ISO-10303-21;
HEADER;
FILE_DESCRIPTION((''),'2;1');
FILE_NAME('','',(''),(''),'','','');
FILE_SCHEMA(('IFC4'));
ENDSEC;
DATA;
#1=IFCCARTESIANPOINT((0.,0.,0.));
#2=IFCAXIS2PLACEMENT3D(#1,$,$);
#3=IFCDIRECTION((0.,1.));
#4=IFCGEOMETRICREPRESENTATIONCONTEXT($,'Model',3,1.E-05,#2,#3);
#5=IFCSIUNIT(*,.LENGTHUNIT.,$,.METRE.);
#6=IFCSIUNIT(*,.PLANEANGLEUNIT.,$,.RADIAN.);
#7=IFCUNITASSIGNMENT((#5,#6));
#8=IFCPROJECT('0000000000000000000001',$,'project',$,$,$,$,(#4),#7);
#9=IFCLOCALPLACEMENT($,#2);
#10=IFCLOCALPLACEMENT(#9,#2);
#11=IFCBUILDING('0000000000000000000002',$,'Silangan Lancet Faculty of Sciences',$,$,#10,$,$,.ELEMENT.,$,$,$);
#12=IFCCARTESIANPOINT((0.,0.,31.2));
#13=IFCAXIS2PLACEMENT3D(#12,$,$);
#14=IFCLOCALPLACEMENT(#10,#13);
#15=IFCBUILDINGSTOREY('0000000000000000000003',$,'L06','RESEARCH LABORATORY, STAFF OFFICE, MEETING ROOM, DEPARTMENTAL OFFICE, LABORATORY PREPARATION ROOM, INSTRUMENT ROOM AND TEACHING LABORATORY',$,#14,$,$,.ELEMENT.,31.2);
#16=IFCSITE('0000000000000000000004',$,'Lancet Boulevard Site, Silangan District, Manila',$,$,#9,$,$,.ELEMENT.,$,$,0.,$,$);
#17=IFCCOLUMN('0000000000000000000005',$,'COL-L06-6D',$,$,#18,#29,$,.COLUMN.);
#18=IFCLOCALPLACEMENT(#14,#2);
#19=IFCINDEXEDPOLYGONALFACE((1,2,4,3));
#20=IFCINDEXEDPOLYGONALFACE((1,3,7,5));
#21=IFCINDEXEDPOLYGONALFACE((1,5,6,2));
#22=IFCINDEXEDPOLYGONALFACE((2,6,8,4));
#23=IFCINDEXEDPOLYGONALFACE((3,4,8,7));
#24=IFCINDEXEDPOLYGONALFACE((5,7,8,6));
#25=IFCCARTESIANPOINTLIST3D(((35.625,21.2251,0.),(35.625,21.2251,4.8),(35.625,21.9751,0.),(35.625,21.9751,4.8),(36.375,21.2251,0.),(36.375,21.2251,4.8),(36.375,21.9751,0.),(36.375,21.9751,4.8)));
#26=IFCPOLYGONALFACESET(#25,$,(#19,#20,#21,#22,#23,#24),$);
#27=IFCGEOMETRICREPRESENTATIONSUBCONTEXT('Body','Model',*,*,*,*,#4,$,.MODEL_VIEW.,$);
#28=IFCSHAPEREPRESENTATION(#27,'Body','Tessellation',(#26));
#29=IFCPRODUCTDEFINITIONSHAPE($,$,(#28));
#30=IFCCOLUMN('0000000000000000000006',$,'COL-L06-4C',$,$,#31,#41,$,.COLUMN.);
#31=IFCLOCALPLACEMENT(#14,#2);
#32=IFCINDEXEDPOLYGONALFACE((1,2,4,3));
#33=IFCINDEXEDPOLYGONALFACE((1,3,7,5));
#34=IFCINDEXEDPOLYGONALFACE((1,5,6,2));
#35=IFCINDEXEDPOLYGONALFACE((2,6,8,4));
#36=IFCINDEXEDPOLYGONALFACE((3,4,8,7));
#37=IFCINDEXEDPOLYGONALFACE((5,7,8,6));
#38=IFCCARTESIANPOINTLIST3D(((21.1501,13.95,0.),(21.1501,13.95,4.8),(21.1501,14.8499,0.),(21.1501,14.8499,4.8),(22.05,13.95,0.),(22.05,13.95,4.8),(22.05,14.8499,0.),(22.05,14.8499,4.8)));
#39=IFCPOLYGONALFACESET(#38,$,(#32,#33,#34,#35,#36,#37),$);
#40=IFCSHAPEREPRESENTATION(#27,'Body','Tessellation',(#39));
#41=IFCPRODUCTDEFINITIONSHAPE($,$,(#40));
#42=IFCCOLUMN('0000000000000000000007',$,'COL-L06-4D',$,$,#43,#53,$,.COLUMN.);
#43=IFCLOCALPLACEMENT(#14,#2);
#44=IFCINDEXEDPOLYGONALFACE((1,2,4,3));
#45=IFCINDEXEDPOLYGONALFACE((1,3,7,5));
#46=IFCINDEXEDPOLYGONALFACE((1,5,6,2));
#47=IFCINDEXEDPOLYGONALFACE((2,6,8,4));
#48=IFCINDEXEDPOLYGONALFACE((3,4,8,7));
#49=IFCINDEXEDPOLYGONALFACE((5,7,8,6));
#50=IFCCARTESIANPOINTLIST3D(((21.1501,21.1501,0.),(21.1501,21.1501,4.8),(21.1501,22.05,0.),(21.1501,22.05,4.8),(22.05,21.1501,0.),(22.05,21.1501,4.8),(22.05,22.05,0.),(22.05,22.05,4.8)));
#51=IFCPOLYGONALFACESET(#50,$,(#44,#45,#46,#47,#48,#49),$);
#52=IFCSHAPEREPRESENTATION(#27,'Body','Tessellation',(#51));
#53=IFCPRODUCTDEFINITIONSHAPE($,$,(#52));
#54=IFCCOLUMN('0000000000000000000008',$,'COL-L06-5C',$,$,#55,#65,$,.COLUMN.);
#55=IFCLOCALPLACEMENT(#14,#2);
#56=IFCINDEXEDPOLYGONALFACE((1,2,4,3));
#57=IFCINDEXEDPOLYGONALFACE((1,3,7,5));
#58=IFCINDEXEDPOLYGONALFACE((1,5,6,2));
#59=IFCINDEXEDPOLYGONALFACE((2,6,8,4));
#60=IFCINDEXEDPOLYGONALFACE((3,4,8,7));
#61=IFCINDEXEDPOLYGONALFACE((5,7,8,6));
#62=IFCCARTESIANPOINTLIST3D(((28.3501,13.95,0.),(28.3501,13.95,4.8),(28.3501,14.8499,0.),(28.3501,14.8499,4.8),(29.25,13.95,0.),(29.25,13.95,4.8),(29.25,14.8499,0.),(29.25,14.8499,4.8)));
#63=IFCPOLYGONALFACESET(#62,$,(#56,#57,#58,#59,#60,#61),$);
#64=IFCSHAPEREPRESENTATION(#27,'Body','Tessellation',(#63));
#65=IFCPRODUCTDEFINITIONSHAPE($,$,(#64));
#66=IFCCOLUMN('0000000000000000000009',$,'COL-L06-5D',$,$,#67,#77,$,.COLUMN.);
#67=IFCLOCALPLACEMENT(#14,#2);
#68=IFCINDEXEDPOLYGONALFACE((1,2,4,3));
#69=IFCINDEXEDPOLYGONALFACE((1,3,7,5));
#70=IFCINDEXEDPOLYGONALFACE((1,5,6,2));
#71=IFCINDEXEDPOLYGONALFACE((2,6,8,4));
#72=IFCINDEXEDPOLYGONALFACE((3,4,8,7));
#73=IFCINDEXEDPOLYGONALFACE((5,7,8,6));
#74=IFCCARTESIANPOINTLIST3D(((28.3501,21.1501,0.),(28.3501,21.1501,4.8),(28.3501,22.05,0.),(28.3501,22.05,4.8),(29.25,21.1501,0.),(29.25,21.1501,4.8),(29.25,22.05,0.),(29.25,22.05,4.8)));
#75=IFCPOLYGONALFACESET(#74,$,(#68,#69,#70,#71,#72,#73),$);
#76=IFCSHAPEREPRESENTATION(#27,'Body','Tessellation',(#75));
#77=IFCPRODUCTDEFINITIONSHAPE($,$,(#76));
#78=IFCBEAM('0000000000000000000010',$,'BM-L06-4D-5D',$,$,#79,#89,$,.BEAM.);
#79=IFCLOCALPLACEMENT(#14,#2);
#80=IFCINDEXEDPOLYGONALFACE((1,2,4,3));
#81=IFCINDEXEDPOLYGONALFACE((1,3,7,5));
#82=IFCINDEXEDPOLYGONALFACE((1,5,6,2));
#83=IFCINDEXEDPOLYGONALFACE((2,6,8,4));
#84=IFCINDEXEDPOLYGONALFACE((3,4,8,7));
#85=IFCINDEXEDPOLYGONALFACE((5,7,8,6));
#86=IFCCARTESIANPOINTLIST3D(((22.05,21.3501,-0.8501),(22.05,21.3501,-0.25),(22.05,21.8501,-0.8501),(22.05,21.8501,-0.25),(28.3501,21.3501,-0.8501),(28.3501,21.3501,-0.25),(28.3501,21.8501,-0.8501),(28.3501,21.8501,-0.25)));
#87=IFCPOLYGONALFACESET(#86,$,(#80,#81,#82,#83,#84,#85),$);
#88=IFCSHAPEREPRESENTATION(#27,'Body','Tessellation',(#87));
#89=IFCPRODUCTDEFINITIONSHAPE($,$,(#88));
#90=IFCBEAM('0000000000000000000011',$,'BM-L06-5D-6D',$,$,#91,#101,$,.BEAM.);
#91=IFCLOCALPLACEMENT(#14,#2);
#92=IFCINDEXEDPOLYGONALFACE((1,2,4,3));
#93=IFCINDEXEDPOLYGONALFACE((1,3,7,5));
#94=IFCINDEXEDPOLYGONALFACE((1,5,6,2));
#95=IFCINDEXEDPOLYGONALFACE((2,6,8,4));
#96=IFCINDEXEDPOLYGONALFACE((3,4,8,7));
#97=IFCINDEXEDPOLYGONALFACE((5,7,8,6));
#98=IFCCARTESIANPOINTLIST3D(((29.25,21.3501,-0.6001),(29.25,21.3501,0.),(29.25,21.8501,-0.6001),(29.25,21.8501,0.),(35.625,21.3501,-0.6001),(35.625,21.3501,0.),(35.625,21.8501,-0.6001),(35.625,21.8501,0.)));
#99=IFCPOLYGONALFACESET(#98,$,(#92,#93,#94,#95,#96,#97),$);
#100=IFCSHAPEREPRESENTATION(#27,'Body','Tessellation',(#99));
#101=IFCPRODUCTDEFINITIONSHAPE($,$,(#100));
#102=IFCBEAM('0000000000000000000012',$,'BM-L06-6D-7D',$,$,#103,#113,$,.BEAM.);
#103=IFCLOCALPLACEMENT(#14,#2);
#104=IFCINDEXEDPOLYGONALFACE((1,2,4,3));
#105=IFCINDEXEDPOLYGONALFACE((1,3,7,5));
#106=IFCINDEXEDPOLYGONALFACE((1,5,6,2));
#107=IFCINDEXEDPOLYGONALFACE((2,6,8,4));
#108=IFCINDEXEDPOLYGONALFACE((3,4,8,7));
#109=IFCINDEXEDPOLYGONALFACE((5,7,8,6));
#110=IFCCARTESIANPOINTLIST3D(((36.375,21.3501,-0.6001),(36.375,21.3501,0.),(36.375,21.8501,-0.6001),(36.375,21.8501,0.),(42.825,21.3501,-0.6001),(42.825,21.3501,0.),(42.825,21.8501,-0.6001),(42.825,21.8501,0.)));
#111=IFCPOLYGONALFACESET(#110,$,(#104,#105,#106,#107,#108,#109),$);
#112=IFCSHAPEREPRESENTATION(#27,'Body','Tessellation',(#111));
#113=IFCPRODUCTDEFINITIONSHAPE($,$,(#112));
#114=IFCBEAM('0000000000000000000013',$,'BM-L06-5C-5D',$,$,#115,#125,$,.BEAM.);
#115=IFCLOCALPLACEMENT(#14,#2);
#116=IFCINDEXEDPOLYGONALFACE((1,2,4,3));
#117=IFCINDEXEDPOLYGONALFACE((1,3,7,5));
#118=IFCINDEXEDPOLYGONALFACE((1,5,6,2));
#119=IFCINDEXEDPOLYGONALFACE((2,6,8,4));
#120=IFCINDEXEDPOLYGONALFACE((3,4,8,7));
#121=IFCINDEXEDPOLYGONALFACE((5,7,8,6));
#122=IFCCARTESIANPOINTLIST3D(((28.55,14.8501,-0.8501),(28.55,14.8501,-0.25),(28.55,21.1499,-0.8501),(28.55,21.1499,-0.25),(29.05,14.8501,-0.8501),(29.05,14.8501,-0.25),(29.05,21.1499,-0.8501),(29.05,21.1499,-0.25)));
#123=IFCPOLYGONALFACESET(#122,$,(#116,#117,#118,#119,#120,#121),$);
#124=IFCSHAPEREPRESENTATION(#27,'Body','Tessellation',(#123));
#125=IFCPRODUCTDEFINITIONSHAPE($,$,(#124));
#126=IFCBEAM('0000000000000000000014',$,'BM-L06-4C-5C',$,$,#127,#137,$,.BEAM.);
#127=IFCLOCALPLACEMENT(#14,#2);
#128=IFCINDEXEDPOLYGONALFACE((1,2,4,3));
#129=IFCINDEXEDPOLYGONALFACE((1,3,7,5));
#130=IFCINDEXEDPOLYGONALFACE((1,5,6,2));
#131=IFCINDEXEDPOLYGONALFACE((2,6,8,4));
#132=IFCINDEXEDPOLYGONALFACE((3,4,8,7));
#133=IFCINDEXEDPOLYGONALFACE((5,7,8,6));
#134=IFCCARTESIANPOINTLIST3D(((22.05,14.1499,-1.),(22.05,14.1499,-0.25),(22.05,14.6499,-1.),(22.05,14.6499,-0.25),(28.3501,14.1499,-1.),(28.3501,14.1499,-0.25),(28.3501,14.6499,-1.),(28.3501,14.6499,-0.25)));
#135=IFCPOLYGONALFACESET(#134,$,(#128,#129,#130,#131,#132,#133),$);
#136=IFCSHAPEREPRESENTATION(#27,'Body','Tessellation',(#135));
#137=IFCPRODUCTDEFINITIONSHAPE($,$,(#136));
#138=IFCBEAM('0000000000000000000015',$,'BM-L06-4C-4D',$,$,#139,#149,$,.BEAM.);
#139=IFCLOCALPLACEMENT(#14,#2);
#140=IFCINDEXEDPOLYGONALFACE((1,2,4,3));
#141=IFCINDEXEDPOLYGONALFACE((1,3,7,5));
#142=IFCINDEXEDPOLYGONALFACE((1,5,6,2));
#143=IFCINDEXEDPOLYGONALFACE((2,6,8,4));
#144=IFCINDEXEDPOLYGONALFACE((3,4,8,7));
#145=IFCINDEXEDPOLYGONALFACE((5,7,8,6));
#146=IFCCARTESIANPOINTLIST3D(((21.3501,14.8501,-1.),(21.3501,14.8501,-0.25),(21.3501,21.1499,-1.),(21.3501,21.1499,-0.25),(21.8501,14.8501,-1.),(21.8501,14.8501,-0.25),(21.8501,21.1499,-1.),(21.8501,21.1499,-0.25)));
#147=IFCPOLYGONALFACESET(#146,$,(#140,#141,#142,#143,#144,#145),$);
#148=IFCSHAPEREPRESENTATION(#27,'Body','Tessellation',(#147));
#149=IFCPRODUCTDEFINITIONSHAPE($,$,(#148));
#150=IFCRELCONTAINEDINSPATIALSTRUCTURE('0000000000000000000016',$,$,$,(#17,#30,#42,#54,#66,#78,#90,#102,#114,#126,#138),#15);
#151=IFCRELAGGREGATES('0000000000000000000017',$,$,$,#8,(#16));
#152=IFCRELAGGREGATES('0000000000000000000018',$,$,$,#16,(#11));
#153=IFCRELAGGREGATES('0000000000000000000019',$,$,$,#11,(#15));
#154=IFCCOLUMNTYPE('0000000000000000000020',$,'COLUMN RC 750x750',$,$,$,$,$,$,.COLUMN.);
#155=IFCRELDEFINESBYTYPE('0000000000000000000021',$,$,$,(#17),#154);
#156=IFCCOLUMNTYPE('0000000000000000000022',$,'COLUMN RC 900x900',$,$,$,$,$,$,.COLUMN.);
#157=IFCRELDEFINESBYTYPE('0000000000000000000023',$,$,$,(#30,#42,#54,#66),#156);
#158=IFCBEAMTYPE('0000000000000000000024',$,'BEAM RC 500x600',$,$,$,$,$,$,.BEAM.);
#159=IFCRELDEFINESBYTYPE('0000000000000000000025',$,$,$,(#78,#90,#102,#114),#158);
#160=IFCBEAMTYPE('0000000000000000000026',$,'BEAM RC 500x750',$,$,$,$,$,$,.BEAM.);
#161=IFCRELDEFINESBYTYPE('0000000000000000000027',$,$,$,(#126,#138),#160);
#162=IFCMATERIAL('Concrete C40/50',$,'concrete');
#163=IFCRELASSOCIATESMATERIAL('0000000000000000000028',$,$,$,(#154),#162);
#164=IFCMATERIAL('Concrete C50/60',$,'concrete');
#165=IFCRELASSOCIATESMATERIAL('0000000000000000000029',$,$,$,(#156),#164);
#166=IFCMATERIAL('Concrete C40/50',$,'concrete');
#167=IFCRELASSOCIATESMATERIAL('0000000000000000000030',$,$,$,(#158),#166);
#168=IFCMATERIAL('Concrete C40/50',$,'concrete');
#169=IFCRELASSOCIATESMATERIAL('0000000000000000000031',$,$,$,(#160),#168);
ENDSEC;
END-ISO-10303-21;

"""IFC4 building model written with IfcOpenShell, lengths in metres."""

from ifc_helpers import new_model, si_unit, direction, frame, origin, origin_2d, place, context, subcontext, project, spatial, rectangle, extrude, material, material_profile, profile_set, type_object, element, save


model = new_model("IFC4")

# Units and contexts
model_context = context("Model", 3, precision=1e-05, world=origin(), true_north=direction((0.0, 1.0)))
body_context = subcontext(model_context, "Body", "Model", "MODEL_VIEW")
ifc_project = project(units=[si_unit("LENGTHUNIT", "METRE"), si_unit("PLANEANGLEUNIT", "RADIAN")], contexts=[model_context])

# Site, building, storey
site_placement = place(None, origin())
site = spatial("IfcSite", under=ifc_project, at=site_placement, Name="Lancet Boulevard Site, Silangan District, Manila", CompositionType="ELEMENT", RefElevation=0.0)
building_placement = place(site_placement, origin())
building = spatial("IfcBuilding", under=site, at=building_placement, Name="Silangan Lancet Faculty of Sciences", CompositionType="ELEMENT")
storey_placement = place(building_placement, frame((0.0, 0.0, 31.2)))
storey = spatial("IfcBuildingStorey", under=building, at=storey_placement, Name="L06", Description="RESEARCH LABORATORY, STAFF OFFICE, MEETING ROOM, DEPARTMENTAL OFFICE, LABORATORY PREPARATION ROOM, INSTRUMENT ROOM AND TEACHING LABORATORY", CompositionType="ELEMENT", Elevation=31.2)

# Columns
ifc_material_1 = material(Name="Concrete C40/50", Category="concrete")
ifc_material_profile_1 = material_profile(ifc_material_1, rectangle(XDim=0.75, YDim=0.75, at=origin_2d()), Name="RC 750x750")
ifc_profile_set_1 = profile_set([ifc_material_profile_1], Name="Concrete C40/50")
column_type_1 = type_object("IfcColumnType", Name="COLUMN RC 750x750", PredefinedType="COLUMN", material=ifc_profile_set_1)
column_placement = place(storey_placement, frame((36.0, 21.6001, 0.0), z_axis=(0.0, 0.0, 1.0), x_axis=(1.0, 0.0, 0.0)))
element("IfcColumn", 1, at=column_placement, inside=storey, type_object=column_type_1, Name="COL-L06-6D", PredefinedType="COLUMN", context=body_context, shape_type="SweptSolid", body=[
    extrude(rectangle(XDim=0.75, YDim=0.75, at=origin_2d()), origin(), (0.0, 0.0, 1.0), 4.8),
])
ifc_material_2 = material(Name="Concrete C50/60", Category="concrete")
ifc_material_profile_2 = material_profile(ifc_material_2, rectangle(XDim=0.8999, YDim=0.8999, at=origin_2d()), Name="RC 900x900")
ifc_profile_set_2 = profile_set([ifc_material_profile_2], Name="Concrete C50/60")
column_type_2 = type_object("IfcColumnType", Name="COLUMN RC 900x900", PredefinedType="COLUMN", material=ifc_profile_set_2)
for number, where, z_axis, x_axis, name in (
    (2, (21.6001, 14.3999, 0.0), (0.0, 0.0, 1.0), (1.0, 0.0, 0.0), "COL-L06-4C"),
    (3, (21.6001, 21.6001, 0.0), (0.0, 0.0, 1.0), (1.0, 0.0, 0.0), "COL-L06-4D"),
    (4, (28.8, 14.3999, 0.0), (0.0, 0.0, 1.0), (1.0, 0.0, 0.0), "COL-L06-5C"),
    (5, (28.8, 21.6001, 0.0), (0.0, 0.0, 1.0), (1.0, 0.0, 0.0), "COL-L06-5D"),
):
    element("IfcColumn", number, at=place(storey_placement, frame(where, z_axis=z_axis, x_axis=x_axis)), inside=storey, type_object=column_type_2, Name=name, PredefinedType="COLUMN", context=body_context, shape_type="SweptSolid", body=[
        extrude(rectangle(XDim=0.8999, YDim=0.8999, at=origin_2d()), origin(), (0.0, 0.0, 1.0), 4.8),
    ])

# Beams
ifc_material_3 = material(Name="Concrete C40/50", Category="concrete")
ifc_material_profile_3 = material_profile(ifc_material_3, rectangle(XDim=0.5, YDim=0.6001, at=origin_2d()), Name="RC 500x600")
ifc_profile_set_3 = profile_set([ifc_material_profile_3], Name="Concrete C40/50")
beam_type_1 = type_object("IfcBeamType", Name="BEAM RC 500x600", PredefinedType="BEAM", material=ifc_profile_set_3)
beam_1_placement = place(storey_placement, frame((22.05, 21.6001, -0.55), z_axis=(1.0, 0.0, 0.0), x_axis=(0.0, 1.0, 0.0)))
element("IfcBeam", 6, at=beam_1_placement, inside=storey, type_object=beam_type_1, Name="BM-L06-4D-5D", PredefinedType="BEAM", context=body_context, shape_type="SweptSolid", body=[
    extrude(rectangle(XDim=0.5, YDim=0.6001, at=origin_2d()), origin(), (0.0, 0.0, 1.0), 6.3),
])
beam_2_placement = place(storey_placement, frame((29.25, 21.6001, -0.3), z_axis=(1.0, 0.0, 0.0), x_axis=(0.0, 1.0, 0.0)))
element("IfcBeam", 7, at=beam_2_placement, inside=storey, type_object=beam_type_1, Name="BM-L06-5D-6D", PredefinedType="BEAM", context=body_context, shape_type="SweptSolid", body=[
    extrude(rectangle(XDim=0.5, YDim=0.6001, at=origin_2d()), origin(), (0.0, 0.0, 1.0), 6.375),
])
beam_3_placement = place(storey_placement, frame((36.375, 21.6001, -0.3), z_axis=(1.0, 0.0, 0.0), x_axis=(0.0, 1.0, 0.0)))
element("IfcBeam", 8, at=beam_3_placement, inside=storey, type_object=beam_type_1, Name="BM-L06-6D-7D", PredefinedType="BEAM", context=body_context, shape_type="SweptSolid", body=[
    extrude(rectangle(XDim=0.5, YDim=0.6001, at=origin_2d()), origin(), (0.0, 0.0, 1.0), 6.45),
])
beam_4_placement = place(storey_placement, frame((28.8, 14.8501, -0.55), z_axis=(0.0, 1.0, 0.0), x_axis=(-1.0, 0.0, 0.0)))
element("IfcBeam", 9, at=beam_4_placement, inside=storey, type_object=beam_type_1, Name="BM-L06-5C-5D", PredefinedType="BEAM", context=body_context, shape_type="SweptSolid", body=[
    extrude(rectangle(XDim=0.5, YDim=0.6001, at=origin_2d()), origin(), (0.0, 0.0, 1.0), 6.2998),
])
ifc_material_4 = material(Name="Concrete C40/50", Category="concrete")
ifc_material_profile_4 = material_profile(ifc_material_4, rectangle(XDim=0.5, YDim=0.75, at=origin_2d()), Name="RC 500x750")
ifc_profile_set_4 = profile_set([ifc_material_profile_4], Name="Concrete C40/50")
beam_type_2 = type_object("IfcBeamType", Name="BEAM RC 500x750", PredefinedType="BEAM", material=ifc_profile_set_4)
beam_5_placement = place(storey_placement, frame((22.05, 14.3999, -0.625), z_axis=(1.0, 0.0, 0.0), x_axis=(0.0, 1.0, 0.0)))
element("IfcBeam", 10, at=beam_5_placement, inside=storey, type_object=beam_type_2, Name="BM-L06-4C-5C", PredefinedType="BEAM", context=body_context, shape_type="SweptSolid", body=[
    extrude(rectangle(XDim=0.5, YDim=0.75, at=origin_2d()), origin(), (0.0, 0.0, 1.0), 6.3),
])
beam_6_placement = place(storey_placement, frame((21.6001, 14.8501, -0.625), z_axis=(0.0, 1.0, 0.0), x_axis=(-1.0, 0.0, 0.0)))
element("IfcBeam", 11, at=beam_6_placement, inside=storey, type_object=beam_type_2, Name="BM-L06-4C-4D", PredefinedType="BEAM", context=body_context, shape_type="SweptSolid", body=[
    extrude(rectangle(XDim=0.5, YDim=0.75, at=origin_2d()), origin(), (0.0, 0.0, 1.0), 6.2998),
])

save(model, "model.ifc")
